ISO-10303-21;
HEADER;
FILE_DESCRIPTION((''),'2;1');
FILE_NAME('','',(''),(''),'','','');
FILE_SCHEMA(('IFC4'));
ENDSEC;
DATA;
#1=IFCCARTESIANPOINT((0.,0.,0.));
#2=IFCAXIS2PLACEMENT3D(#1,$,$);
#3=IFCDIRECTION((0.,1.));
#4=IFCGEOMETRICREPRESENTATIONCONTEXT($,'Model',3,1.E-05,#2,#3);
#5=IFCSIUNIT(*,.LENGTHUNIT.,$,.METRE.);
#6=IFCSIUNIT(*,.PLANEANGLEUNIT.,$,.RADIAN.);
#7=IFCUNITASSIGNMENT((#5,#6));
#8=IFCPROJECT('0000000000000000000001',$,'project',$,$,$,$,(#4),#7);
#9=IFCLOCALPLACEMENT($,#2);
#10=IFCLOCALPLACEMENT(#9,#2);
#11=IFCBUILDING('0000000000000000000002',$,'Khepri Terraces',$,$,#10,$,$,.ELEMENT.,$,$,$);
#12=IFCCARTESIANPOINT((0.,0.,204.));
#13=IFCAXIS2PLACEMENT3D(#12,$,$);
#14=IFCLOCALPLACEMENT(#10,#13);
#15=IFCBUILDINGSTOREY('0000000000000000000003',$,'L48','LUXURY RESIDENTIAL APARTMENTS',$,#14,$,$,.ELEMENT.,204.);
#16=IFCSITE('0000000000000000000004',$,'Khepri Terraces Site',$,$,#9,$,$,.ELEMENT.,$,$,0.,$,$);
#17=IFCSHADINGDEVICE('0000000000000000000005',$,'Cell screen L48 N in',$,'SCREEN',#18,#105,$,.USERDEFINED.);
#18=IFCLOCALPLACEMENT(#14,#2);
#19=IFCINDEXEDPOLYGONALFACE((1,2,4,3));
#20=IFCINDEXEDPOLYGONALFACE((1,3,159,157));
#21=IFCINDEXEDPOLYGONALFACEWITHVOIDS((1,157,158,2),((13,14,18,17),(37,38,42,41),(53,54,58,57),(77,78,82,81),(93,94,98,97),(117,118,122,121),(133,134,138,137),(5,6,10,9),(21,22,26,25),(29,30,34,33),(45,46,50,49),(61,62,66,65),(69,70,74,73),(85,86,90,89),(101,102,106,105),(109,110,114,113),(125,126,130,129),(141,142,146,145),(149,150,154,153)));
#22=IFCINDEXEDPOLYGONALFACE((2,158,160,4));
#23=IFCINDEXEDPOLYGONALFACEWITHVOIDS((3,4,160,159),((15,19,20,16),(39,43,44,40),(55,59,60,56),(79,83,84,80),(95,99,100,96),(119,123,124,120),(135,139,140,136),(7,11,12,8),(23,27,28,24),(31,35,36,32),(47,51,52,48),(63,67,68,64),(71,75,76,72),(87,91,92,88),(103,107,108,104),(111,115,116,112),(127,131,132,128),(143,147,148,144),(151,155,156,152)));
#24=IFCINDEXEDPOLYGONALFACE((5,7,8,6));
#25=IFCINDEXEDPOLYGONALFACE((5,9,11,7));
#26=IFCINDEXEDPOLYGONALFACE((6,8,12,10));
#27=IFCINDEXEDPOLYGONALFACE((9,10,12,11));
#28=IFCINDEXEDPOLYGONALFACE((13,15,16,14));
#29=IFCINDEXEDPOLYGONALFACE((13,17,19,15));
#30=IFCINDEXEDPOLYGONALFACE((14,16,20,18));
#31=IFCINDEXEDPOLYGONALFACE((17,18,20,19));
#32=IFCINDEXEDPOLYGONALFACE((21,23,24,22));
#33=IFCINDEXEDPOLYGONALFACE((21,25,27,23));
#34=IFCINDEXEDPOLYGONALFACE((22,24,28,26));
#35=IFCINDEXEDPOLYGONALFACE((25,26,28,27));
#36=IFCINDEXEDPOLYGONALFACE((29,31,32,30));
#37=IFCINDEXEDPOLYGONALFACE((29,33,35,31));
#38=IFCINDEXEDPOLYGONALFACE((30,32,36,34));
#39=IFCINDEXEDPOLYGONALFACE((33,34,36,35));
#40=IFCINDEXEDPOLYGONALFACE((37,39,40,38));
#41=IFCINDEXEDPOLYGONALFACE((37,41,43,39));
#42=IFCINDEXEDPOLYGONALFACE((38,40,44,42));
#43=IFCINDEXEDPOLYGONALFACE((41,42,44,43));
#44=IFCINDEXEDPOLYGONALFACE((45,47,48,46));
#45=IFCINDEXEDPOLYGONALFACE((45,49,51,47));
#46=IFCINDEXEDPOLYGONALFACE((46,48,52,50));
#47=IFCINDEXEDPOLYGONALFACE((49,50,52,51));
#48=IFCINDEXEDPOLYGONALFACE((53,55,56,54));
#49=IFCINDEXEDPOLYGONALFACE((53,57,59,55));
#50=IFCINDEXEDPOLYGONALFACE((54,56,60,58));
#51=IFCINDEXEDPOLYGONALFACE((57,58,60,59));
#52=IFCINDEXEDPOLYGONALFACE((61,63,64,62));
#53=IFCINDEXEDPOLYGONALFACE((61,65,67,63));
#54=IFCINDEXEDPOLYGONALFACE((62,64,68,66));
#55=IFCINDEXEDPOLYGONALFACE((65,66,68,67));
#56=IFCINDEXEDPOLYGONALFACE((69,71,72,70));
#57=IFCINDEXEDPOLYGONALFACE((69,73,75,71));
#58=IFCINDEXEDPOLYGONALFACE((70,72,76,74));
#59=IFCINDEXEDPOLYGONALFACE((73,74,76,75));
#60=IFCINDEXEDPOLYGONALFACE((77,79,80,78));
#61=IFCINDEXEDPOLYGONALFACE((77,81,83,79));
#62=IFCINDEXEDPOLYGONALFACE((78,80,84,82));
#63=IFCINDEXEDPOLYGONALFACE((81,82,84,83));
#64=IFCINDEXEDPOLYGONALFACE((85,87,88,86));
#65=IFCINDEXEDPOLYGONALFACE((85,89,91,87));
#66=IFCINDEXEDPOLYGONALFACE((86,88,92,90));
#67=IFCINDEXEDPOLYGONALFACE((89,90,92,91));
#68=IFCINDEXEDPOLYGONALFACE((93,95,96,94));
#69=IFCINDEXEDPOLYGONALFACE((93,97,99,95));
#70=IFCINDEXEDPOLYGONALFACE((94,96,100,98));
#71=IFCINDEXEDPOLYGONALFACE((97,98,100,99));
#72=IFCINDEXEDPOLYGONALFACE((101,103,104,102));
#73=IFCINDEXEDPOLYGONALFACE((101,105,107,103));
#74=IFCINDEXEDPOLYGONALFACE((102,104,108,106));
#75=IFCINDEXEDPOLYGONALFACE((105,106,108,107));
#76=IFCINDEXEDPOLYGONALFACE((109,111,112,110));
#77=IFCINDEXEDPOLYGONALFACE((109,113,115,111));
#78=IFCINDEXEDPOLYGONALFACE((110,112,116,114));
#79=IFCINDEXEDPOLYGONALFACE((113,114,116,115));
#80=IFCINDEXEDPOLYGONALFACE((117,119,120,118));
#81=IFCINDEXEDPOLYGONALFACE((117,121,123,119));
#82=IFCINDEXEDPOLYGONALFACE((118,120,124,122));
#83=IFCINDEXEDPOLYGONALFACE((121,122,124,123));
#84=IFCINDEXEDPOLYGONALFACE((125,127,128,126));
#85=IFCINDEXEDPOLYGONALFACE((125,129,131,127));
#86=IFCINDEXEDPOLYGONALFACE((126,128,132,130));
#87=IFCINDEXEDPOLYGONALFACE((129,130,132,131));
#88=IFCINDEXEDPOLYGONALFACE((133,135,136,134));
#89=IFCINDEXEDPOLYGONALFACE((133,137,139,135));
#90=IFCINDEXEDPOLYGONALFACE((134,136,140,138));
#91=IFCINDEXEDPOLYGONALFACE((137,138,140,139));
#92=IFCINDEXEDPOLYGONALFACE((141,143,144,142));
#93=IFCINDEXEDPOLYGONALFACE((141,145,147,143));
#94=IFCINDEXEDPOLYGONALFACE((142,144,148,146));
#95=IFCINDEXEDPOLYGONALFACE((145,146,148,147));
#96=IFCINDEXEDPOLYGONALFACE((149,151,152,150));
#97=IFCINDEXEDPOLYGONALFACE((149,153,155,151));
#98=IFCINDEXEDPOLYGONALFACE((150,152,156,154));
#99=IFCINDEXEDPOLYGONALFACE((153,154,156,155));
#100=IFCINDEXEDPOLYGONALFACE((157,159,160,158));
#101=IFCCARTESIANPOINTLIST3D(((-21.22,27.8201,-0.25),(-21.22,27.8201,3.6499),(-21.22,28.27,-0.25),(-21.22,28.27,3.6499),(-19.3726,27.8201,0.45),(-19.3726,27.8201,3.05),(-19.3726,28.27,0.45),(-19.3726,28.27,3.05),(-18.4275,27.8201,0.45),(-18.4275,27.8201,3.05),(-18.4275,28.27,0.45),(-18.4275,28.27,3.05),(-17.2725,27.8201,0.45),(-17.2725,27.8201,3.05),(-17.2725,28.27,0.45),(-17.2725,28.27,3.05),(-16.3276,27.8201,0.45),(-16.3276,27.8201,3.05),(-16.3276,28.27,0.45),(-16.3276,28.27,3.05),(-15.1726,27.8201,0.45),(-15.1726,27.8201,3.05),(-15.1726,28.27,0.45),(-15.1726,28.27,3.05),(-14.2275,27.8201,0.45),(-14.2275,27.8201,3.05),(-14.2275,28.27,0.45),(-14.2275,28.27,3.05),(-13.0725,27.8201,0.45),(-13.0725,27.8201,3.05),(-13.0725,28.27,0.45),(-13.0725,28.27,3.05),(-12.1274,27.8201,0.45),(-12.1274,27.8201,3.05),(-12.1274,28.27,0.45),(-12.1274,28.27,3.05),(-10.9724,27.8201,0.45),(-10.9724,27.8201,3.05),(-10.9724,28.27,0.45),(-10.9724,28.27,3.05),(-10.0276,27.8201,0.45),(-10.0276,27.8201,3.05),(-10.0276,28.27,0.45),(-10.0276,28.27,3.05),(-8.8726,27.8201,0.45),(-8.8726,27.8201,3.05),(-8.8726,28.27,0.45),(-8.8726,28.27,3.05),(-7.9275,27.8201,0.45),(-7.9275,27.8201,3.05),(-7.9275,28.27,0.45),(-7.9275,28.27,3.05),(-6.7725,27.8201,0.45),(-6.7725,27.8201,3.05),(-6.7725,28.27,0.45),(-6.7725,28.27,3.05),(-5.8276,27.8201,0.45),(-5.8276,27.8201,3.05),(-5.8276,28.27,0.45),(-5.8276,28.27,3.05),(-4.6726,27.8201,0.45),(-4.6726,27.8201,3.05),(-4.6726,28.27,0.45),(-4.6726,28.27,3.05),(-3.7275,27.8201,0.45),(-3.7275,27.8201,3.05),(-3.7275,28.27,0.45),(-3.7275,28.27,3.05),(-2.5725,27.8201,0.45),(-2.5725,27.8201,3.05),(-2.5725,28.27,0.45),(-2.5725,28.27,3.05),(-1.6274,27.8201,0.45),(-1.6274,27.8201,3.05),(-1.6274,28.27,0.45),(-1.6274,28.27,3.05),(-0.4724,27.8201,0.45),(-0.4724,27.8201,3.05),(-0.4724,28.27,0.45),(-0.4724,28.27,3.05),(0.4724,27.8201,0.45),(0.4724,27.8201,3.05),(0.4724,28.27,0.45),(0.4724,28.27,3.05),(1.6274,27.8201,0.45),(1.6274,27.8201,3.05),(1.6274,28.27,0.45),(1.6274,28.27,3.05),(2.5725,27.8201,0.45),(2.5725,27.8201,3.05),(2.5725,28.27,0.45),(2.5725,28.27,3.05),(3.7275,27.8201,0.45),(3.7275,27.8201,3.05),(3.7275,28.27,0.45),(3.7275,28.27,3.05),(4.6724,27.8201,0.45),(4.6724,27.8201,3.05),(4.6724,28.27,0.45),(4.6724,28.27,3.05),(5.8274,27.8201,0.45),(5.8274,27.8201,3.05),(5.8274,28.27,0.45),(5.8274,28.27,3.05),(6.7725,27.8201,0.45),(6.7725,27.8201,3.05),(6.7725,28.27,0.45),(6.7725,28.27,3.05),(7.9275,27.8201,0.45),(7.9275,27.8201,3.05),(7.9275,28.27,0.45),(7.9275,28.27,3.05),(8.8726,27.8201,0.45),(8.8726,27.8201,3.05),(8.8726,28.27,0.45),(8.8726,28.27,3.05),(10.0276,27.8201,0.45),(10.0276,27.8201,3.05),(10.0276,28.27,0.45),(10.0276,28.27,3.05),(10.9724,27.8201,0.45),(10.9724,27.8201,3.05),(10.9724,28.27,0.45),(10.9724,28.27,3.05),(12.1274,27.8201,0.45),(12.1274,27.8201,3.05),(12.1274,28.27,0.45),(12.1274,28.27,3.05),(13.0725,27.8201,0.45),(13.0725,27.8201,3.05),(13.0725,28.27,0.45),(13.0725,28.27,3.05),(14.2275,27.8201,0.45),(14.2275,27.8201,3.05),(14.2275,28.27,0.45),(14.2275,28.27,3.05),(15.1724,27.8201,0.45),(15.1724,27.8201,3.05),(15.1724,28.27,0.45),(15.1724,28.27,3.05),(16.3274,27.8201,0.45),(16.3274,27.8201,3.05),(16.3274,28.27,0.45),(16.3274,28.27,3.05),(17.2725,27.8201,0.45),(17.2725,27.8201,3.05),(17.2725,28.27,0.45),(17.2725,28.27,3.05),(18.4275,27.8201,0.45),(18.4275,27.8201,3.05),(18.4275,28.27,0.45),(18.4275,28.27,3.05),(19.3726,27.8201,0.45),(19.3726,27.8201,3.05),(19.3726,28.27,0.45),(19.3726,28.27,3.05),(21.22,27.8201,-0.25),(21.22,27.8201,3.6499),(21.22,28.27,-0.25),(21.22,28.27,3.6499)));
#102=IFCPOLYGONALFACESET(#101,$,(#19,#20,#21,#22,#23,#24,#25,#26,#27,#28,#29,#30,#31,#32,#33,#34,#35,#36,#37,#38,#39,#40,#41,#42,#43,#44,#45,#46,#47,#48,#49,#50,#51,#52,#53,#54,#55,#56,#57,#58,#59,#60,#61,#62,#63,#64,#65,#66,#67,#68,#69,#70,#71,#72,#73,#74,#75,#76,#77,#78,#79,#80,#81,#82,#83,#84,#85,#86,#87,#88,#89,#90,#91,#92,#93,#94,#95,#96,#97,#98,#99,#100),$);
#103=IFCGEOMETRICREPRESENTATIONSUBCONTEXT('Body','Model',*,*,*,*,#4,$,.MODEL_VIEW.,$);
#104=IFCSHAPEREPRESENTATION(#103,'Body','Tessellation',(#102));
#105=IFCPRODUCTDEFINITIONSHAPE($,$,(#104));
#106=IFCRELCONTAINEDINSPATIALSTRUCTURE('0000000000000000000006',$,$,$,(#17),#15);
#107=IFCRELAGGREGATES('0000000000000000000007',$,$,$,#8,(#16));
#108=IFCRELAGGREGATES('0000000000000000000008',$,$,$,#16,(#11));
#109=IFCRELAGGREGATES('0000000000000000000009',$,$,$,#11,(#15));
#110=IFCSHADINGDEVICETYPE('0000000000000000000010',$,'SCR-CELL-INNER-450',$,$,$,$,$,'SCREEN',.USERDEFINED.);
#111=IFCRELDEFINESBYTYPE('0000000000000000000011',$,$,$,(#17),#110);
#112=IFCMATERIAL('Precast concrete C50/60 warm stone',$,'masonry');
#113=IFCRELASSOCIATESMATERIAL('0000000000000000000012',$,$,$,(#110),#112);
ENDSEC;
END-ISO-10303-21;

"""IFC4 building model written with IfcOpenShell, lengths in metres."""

from ifc_helpers import new_model, si_unit, direction, frame, origin, place, context, subcontext, project, spatial, polyline, outline, extrude, material, type_object, element, save


model = new_model("IFC4")

# Units and contexts
model_context = context("Model", 3, precision=1e-05, world=origin(), true_north=direction((0.0, 1.0)))
body_context = subcontext(model_context, "Body", "Model", "MODEL_VIEW")
ifc_project = project(units=[si_unit("LENGTHUNIT", "METRE"), si_unit("PLANEANGLEUNIT", "RADIAN")], contexts=[model_context])

# Site, building, storey
site_placement = place(None, origin())
site = spatial("IfcSite", under=ifc_project, at=site_placement, Name="Khepri Terraces Site", CompositionType="ELEMENT", RefElevation=0.0)
building_placement = place(site_placement, origin())
building = spatial("IfcBuilding", under=site, at=building_placement, Name="Khepri Terraces", CompositionType="ELEMENT")
storey_placement = place(building_placement, frame((0.0, 0.0, 204.0)))
storey = spatial("IfcBuildingStorey", under=building, at=storey_placement, Name="L48", Description="LUXURY RESIDENTIAL APARTMENTS", CompositionType="ELEMENT", Elevation=204.0)

# Shared definitions
ifc_material_1 = material(Name="Precast concrete C50/60 warm stone", Category="masonry")

# Shading device
shading_device_type_1 = type_object("IfcShadingDeviceType", Name="SCR-CELL-INNER-450", ElementType="SCREEN", PredefinedType="USERDEFINED", material=ifc_material_1)
shading_device_1_placement = place(storey_placement, frame((21.22, 27.8201, -0.25), z_axis=(0.0, 1.0, 0.0), x_axis=(-1.0, 0.0, 0.0)))
element("IfcShadingDevice", 1, at=shading_device_1_placement, inside=storey, type_object=shading_device_type_1, Name="Cell screen L48 N in", ObjectType="SCREEN", PredefinedType="USERDEFINED", context=body_context, shape_type="SweptSolid", body=[
    extrude(outline(polyline([(0.0, 0.0), (42.4399, 0.0), (42.4399, 3.8999), (0.0, 3.8999), (0.0, 0.0)]), holes=[polyline([(1.8474, 0.7), (2.7925, 0.7), (2.7925, 3.3), (1.8474, 3.3), (1.8474, 0.7)]), polyline([(3.9475, 0.7), (4.8926, 0.7), (4.8926, 3.3), (3.9475, 3.3), (3.9475, 0.7)]), polyline([(6.0476, 0.7), (6.9924, 0.7), (6.9924, 3.3), (6.0476, 3.3), (6.0476, 0.7)]), polyline([(8.1475, 0.7), (9.0925, 0.7), (9.0925, 3.3), (8.1475, 3.3), (8.1475, 0.7)]), polyline([(10.2476, 0.7), (11.1924, 0.7), (11.1924, 3.3), (10.2476, 3.3), (10.2476, 0.7)]), polyline([(12.3474, 0.7), (13.2925, 0.7), (13.2925, 3.3), (12.3474, 3.3), (12.3474, 0.7)]), polyline([(14.4475, 0.7), (15.3926, 0.7), (15.3926, 3.3), (14.4475, 3.3), (14.4475, 0.7)]), polyline([(16.5476, 0.7), (17.4924, 0.7), (17.4924, 3.3), (16.5476, 3.3), (16.5476, 0.7)]), polyline([(18.6475, 0.7), (19.5925, 0.7), (19.5925, 3.3), (18.6475, 3.3), (18.6475, 0.7)]), polyline([(20.7476, 0.7), (21.6924, 0.7), (21.6924, 3.3), (20.7476, 3.3), (20.7476, 0.7)]), polyline([(22.8474, 0.7), (23.7925, 0.7), (23.7925, 3.3), (22.8474, 3.3), (22.8474, 0.7)]), polyline([(24.9475, 0.7), (25.8926, 0.7), (25.8926, 3.3), (24.9475, 3.3), (24.9475, 0.7)]), polyline([(27.0476, 0.7), (27.9924, 0.7), (27.9924, 3.3), (27.0476, 3.3), (27.0476, 0.7)]), polyline([(29.1475, 0.7), (30.0925, 0.7), (30.0925, 3.3), (29.1475, 3.3), (29.1475, 0.7)]), polyline([(31.2476, 0.7), (32.1924, 0.7), (32.1924, 3.3), (31.2476, 3.3), (31.2476, 0.7)]), polyline([(33.3474, 0.7), (34.2925, 0.7), (34.2925, 3.3), (33.3474, 3.3), (33.3474, 0.7)]), polyline([(35.4475, 0.7), (36.3926, 0.7), (36.3926, 3.3), (35.4475, 3.3), (35.4475, 0.7)]), polyline([(37.5476, 0.7), (38.4924, 0.7), (38.4924, 3.3), (37.5476, 3.3), (37.5476, 0.7)]), polyline([(39.6475, 0.7), (40.5925, 0.7), (40.5925, 3.3), (39.6475, 3.3), (39.6475, 0.7)])]), origin(), (0.0, 0.0, 1.0), 0.45),
])

save(model, "model.ifc")
